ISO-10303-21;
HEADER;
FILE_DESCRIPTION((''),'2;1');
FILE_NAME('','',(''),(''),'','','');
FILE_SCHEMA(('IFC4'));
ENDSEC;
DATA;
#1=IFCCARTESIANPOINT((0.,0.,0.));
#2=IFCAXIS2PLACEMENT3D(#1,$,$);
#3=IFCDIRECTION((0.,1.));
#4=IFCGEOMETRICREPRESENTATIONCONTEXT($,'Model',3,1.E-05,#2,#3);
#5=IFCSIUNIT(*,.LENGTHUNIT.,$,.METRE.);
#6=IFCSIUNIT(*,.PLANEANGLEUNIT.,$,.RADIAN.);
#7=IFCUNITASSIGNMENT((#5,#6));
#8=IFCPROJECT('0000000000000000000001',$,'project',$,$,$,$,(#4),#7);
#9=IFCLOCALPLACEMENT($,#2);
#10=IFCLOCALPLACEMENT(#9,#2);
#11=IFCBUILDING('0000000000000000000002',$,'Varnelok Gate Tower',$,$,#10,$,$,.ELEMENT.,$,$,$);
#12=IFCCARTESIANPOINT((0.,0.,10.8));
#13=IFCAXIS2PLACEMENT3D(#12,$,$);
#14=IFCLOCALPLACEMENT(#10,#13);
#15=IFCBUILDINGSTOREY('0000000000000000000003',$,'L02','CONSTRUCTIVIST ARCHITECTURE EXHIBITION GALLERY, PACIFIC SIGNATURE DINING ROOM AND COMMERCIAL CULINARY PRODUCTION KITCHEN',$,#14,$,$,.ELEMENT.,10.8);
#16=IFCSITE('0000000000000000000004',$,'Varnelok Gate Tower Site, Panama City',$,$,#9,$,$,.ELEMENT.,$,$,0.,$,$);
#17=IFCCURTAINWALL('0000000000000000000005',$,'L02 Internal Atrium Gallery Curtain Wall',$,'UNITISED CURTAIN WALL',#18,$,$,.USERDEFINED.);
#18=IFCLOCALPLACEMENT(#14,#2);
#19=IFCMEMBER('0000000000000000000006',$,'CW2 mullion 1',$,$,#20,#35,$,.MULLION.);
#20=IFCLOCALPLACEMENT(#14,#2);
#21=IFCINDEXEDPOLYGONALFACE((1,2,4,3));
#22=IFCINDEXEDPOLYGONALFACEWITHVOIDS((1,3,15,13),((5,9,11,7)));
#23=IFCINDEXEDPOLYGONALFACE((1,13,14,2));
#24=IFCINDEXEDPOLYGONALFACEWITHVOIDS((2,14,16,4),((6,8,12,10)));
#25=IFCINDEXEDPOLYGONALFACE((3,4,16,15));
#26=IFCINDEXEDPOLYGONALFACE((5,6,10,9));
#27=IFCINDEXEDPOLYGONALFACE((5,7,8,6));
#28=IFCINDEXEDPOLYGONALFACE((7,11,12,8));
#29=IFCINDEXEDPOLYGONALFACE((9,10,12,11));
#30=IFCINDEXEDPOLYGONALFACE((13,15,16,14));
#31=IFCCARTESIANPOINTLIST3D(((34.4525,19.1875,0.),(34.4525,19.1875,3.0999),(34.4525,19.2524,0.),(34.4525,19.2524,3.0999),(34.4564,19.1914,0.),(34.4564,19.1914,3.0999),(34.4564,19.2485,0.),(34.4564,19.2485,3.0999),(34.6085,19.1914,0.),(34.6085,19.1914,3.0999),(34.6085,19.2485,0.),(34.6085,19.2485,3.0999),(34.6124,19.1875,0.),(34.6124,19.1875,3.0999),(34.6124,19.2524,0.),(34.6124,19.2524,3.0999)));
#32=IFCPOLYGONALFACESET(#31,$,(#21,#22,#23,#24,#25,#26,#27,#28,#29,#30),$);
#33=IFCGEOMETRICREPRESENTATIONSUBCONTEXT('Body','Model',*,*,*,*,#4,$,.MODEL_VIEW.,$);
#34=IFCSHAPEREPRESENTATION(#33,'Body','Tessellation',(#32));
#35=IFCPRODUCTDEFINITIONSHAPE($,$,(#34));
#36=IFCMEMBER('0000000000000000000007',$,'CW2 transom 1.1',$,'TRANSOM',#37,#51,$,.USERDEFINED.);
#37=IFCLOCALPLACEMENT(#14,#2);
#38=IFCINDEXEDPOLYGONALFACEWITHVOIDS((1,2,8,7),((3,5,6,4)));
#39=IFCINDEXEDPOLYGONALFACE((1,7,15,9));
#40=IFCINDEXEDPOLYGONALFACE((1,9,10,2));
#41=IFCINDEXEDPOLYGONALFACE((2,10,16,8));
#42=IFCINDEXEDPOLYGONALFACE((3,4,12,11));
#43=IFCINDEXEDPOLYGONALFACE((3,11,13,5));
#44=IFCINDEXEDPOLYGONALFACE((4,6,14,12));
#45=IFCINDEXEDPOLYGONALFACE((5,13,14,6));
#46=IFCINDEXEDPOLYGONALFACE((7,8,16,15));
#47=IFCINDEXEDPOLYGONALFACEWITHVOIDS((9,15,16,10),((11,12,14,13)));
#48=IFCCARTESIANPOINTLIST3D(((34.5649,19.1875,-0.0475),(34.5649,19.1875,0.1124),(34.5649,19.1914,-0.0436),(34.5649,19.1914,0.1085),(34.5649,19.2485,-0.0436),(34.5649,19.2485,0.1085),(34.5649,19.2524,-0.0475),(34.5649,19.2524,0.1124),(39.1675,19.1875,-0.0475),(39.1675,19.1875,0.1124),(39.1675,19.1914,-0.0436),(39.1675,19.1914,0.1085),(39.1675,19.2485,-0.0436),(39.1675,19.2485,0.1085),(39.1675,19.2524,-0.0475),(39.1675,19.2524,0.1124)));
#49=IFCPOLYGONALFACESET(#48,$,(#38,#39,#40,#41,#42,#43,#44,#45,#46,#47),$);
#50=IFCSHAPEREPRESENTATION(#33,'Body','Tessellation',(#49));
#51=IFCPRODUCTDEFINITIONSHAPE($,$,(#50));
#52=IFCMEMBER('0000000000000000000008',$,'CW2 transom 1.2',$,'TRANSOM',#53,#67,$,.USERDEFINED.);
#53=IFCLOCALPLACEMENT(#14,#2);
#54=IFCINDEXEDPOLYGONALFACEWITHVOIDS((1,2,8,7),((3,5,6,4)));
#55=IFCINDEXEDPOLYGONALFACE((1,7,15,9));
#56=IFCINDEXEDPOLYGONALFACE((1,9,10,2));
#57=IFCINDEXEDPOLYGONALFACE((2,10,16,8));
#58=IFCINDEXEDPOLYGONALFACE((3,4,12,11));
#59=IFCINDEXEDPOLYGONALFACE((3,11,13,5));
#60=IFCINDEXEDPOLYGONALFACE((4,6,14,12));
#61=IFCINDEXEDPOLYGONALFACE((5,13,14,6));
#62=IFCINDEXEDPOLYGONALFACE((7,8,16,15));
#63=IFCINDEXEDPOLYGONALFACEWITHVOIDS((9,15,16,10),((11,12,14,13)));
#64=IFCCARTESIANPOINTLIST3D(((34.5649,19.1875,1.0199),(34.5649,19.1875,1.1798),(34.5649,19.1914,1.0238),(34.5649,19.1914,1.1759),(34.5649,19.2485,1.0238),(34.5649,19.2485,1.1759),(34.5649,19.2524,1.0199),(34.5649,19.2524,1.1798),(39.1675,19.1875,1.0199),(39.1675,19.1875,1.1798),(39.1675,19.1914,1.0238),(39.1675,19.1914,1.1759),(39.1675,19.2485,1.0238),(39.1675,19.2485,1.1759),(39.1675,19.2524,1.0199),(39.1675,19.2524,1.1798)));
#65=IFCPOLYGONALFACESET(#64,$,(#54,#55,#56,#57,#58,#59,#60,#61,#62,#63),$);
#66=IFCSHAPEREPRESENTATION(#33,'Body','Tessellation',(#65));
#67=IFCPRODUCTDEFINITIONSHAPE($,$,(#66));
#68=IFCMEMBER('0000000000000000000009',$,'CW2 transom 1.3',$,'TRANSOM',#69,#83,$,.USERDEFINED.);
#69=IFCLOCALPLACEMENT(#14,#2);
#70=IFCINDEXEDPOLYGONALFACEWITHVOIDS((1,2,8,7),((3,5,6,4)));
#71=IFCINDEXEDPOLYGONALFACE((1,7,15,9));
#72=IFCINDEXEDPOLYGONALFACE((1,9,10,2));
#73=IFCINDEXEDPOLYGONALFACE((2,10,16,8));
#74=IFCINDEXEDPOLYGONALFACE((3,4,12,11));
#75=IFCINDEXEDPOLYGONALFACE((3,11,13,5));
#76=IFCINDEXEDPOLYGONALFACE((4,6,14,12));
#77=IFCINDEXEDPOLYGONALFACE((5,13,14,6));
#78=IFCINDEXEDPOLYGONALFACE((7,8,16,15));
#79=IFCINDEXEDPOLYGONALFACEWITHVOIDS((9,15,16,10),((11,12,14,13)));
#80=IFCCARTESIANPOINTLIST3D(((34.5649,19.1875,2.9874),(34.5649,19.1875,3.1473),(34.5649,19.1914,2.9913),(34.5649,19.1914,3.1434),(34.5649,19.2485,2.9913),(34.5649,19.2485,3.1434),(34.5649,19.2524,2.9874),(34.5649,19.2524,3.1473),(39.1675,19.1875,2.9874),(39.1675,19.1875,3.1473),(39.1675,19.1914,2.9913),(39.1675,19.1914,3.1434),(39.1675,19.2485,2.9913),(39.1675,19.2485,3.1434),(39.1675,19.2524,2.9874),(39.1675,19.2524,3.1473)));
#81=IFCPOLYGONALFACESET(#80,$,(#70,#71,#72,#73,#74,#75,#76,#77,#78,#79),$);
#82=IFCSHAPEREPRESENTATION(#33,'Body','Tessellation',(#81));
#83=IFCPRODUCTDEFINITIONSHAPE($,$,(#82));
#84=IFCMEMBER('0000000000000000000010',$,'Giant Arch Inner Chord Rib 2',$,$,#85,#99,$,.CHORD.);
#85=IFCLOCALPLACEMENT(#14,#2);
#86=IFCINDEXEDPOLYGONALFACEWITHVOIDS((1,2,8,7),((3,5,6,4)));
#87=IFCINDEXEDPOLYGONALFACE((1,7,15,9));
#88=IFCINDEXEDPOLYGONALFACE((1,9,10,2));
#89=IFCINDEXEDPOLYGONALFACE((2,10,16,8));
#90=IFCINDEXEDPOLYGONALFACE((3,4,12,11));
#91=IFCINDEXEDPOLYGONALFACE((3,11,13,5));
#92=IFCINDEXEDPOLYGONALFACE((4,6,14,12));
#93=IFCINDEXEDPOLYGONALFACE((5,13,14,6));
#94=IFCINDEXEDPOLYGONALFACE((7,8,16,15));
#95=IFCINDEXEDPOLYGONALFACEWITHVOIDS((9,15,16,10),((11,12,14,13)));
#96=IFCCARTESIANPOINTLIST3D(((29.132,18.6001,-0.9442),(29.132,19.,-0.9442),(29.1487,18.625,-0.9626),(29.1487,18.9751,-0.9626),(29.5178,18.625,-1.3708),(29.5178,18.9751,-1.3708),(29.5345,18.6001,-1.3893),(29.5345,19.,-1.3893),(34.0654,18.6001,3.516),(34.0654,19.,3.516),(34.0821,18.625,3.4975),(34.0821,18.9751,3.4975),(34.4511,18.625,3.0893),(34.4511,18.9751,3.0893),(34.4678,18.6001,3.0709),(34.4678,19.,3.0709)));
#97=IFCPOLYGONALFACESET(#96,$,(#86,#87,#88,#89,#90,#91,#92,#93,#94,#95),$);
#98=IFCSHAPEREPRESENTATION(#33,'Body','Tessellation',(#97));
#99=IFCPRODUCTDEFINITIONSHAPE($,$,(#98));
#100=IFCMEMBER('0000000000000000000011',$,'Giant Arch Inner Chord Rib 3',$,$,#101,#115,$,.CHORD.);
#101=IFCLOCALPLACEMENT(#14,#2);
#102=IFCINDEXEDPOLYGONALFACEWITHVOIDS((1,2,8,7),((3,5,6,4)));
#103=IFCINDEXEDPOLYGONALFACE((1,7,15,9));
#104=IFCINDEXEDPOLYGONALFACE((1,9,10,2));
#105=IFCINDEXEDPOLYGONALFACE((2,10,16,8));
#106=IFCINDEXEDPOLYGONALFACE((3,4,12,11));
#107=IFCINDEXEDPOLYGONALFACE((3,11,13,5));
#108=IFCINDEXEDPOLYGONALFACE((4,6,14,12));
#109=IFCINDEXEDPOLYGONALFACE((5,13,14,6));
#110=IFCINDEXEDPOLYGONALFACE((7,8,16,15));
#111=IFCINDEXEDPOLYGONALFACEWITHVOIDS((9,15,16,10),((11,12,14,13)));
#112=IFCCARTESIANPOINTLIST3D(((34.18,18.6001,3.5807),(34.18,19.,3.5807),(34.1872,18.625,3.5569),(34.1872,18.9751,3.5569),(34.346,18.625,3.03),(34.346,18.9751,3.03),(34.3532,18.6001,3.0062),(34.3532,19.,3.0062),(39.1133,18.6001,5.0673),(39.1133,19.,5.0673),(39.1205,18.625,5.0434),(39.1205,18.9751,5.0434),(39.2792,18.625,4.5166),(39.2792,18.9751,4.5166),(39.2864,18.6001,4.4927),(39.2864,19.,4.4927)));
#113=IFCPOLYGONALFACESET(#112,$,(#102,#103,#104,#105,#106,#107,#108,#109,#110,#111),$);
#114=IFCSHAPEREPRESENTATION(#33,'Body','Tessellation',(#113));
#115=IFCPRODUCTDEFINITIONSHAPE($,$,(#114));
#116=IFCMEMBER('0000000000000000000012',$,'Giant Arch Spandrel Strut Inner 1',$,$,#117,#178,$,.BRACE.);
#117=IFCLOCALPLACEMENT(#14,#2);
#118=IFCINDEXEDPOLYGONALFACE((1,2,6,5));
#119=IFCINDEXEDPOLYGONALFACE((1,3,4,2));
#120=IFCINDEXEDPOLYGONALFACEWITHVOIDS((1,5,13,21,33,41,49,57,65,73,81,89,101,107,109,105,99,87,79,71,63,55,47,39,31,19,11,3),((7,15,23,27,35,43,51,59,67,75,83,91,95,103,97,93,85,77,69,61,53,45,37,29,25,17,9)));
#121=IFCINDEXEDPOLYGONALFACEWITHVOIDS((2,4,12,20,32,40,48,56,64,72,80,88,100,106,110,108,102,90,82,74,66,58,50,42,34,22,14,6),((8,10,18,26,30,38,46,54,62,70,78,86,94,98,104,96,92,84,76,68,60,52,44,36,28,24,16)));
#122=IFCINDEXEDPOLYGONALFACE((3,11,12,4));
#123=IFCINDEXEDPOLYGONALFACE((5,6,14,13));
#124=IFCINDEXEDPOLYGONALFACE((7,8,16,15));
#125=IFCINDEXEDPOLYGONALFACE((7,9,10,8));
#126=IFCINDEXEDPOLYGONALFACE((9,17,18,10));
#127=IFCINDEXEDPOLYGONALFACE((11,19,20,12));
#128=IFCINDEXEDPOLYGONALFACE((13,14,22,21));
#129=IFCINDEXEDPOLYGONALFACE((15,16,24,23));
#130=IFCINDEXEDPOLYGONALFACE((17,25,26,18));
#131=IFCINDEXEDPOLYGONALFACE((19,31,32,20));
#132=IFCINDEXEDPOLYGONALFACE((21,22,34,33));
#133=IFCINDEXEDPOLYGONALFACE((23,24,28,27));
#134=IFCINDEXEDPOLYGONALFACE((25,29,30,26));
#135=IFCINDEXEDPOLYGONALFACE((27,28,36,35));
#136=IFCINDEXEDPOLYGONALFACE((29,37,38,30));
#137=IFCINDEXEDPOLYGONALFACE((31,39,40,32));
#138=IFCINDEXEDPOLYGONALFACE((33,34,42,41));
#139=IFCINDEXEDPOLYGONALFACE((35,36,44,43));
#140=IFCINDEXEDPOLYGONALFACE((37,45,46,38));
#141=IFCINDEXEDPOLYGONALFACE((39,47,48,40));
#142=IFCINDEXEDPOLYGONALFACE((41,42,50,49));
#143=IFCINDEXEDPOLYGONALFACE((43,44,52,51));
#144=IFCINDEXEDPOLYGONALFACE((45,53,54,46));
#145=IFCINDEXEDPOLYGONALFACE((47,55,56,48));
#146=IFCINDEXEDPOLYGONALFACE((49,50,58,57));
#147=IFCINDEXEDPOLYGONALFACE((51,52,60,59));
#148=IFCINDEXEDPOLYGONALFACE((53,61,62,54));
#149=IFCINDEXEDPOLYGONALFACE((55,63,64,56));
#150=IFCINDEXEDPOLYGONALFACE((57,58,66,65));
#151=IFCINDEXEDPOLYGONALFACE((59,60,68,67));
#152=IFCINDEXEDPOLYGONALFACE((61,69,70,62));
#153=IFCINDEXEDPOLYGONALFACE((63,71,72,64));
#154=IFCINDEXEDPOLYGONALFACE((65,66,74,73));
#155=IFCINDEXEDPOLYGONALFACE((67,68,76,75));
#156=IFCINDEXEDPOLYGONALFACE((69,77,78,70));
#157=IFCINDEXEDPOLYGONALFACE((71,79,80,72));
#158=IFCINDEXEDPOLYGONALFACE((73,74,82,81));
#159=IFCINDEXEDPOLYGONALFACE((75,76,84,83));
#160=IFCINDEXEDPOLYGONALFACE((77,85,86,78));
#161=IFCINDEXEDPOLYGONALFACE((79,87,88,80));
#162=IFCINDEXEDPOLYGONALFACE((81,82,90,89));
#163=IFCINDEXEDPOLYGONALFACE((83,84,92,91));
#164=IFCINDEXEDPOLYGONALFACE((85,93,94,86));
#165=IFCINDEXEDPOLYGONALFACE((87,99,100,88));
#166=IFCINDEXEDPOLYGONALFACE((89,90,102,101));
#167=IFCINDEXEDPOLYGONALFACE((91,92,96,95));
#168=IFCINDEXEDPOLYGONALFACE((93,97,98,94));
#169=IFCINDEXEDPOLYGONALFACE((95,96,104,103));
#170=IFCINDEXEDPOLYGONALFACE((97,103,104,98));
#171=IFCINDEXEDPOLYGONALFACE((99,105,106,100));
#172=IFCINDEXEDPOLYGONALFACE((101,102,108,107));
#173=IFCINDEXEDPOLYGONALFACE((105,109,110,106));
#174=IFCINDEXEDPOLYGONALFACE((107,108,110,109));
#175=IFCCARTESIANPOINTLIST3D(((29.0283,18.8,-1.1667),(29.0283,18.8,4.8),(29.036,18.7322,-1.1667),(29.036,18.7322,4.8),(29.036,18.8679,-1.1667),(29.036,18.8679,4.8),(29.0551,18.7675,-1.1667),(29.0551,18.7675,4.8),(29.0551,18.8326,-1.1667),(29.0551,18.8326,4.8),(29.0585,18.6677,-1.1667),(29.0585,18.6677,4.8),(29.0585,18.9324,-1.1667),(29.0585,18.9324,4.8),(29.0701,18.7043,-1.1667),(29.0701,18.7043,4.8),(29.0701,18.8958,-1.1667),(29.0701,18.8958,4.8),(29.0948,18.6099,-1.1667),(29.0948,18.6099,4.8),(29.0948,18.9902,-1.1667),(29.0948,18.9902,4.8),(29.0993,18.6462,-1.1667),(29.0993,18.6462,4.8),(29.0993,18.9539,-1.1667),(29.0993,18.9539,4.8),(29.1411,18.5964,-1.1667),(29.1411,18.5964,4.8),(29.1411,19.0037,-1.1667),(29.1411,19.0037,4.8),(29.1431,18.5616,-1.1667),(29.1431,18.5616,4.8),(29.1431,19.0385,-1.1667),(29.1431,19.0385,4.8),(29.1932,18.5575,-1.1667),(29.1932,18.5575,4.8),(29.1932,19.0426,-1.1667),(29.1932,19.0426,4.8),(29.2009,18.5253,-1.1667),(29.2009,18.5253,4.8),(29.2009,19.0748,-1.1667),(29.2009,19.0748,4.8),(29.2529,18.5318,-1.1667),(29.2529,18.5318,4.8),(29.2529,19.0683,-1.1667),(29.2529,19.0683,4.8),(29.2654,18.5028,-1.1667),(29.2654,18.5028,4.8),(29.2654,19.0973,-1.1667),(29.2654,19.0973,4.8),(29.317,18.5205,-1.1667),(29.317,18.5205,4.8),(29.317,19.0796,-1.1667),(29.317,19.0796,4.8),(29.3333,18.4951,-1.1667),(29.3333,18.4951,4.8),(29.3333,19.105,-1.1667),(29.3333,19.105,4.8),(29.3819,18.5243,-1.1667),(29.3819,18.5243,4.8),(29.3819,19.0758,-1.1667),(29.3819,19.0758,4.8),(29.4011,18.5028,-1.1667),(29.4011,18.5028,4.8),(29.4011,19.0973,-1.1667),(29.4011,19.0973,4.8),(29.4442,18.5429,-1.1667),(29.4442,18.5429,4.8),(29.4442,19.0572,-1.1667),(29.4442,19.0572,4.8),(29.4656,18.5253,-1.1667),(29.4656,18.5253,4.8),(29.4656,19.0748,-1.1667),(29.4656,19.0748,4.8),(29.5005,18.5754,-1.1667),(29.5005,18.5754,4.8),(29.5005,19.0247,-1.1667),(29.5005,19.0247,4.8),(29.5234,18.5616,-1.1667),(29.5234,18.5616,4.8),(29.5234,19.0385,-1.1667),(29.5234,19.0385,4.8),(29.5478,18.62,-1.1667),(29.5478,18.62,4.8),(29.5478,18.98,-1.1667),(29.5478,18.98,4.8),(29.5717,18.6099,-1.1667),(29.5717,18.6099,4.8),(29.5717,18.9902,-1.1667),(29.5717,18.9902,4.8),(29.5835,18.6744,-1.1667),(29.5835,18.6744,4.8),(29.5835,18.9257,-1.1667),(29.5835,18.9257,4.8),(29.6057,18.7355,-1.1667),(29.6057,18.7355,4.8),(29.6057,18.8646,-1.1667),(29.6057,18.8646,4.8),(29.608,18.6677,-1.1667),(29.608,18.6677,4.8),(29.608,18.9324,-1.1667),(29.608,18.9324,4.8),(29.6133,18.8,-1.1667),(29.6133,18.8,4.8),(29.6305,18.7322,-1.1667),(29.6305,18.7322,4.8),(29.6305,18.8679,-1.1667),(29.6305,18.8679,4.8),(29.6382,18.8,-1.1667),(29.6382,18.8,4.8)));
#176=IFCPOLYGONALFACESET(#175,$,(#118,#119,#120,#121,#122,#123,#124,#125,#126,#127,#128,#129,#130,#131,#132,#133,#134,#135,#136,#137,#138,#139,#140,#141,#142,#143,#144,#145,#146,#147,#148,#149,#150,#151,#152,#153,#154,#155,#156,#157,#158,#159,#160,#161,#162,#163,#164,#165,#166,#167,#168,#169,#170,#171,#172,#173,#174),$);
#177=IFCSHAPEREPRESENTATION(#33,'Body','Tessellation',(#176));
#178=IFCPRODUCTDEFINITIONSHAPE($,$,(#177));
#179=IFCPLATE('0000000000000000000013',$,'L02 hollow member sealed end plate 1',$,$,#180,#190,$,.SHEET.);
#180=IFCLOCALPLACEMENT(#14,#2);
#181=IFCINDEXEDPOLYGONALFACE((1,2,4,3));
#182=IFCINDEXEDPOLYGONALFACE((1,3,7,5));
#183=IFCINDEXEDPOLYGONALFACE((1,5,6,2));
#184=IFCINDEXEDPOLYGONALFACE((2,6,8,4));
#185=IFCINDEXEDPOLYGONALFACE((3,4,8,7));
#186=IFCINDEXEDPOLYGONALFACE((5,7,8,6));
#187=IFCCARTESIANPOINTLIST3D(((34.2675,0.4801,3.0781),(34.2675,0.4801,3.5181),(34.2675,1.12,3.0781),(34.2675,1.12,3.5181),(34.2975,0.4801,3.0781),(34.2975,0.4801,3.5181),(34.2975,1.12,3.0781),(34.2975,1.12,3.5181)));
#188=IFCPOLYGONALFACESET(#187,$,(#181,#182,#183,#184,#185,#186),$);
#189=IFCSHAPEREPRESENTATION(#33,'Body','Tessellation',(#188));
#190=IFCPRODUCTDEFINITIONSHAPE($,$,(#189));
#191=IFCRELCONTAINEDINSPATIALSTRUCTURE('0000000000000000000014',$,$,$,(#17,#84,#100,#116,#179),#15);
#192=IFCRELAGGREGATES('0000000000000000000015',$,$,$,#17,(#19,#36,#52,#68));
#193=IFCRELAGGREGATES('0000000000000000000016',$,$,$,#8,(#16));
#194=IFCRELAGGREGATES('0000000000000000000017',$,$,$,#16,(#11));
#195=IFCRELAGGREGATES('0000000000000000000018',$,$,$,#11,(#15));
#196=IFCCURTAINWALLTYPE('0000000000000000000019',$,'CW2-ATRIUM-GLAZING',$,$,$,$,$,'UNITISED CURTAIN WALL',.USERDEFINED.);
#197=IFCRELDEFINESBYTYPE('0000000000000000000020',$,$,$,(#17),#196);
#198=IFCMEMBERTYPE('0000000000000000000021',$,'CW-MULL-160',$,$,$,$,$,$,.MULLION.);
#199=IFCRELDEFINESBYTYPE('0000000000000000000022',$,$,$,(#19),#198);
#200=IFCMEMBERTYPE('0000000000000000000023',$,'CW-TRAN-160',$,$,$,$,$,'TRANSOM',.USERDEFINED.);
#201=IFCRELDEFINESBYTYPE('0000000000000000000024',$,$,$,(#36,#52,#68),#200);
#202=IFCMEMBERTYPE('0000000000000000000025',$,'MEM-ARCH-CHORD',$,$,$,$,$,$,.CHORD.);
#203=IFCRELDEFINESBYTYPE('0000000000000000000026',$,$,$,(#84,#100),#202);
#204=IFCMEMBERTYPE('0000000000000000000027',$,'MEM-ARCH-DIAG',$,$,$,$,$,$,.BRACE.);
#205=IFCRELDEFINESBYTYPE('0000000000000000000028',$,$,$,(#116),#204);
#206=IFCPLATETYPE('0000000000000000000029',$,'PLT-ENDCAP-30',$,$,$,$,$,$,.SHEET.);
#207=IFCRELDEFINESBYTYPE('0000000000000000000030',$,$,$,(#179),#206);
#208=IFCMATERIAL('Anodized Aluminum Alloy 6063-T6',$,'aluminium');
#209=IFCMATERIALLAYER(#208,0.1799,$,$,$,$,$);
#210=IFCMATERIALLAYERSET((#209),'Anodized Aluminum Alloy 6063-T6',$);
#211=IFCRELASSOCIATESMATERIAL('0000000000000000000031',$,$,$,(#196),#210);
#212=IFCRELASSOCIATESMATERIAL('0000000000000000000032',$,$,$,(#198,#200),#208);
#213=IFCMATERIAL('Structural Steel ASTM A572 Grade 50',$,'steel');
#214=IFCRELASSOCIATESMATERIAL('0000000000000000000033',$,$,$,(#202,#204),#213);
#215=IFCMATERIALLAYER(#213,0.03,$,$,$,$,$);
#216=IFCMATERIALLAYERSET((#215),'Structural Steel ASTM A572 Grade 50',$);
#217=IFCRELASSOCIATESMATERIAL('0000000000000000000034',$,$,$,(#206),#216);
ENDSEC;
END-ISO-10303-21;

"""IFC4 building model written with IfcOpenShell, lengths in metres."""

from ifc_helpers import new_model, si_unit, direction, frame, origin, origin_2d, place, context, subcontext, project, spatial, rectangle, hollow_rectangle, hollow_circle, extrude, source, transform, mapped, material, layer, layer_set, material_profile, profile_set, type_object, element, aggregate, save


model = new_model("IFC4")

# Units and contexts
model_context = context("Model", 3, precision=1e-05, world=origin(), true_north=direction((0.0, 1.0)))
body_context = subcontext(model_context, "Body", "Model", "MODEL_VIEW")
ifc_project = project(units=[si_unit("LENGTHUNIT", "METRE"), si_unit("PLANEANGLEUNIT", "RADIAN")], contexts=[model_context])

# Site, building, storey
site_placement = place(None, origin())
site = spatial("IfcSite", under=ifc_project, at=site_placement, Name="Varnelok Gate Tower Site, Panama City", CompositionType="ELEMENT", RefElevation=0.0)
building_placement = place(site_placement, origin())
building = spatial("IfcBuilding", under=site, at=building_placement, Name="Varnelok Gate Tower", CompositionType="ELEMENT")
storey_placement = place(building_placement, frame((0.0, 0.0, 10.8)))
storey = spatial("IfcBuildingStorey", under=building, at=storey_placement, Name="L02", Description="CONSTRUCTIVIST ARCHITECTURE EXHIBITION GALLERY, PACIFIC SIGNATURE DINING ROOM AND COMMERCIAL CULINARY PRODUCTION KITCHEN", CompositionType="ELEMENT", Elevation=10.8)

# Curtain wall, members
ifc_material_1 = material(Name="Anodized Aluminum Alloy 6063-T6", Category="aluminium")
ifc_layer_1 = layer(ifc_material_1, 0.1799)
ifc_layer_set_1 = layer_set([ifc_layer_1], Name="Anodized Aluminum Alloy 6063-T6")
curtain_wall_type = type_object("IfcCurtainWallType", Name="CW2-ATRIUM-GLAZING", ElementType="UNITISED CURTAIN WALL", PredefinedType="USERDEFINED", material=ifc_layer_set_1)
curtain_wall_placement = place(storey_placement, origin())
curtain_wall = element("IfcCurtainWall", 1, at=curtain_wall_placement, inside=storey, type_object=curtain_wall_type, Name="L02 Internal Atrium Gallery Curtain Wall", ObjectType="UNITISED CURTAIN WALL", PredefinedType="USERDEFINED")
ifc_material_profile_1 = material_profile(ifc_material_1, hollow_rectangle(XDim=0.0649, YDim=0.1599, WallThickness=0.0039, at=origin_2d()), Name="ALU160X65X4")
ifc_profile_set_1 = profile_set([ifc_material_profile_1], Name="Anodized Aluminum Alloy 6063-T6")
member_type_1 = type_object("IfcMemberType", Name="CW-MULL-160", PredefinedType="MULLION", material=ifc_profile_set_1)
member_1_placement = place(storey_placement, frame((34.5325, 19.22, 0.0), z_axis=(0.0, 0.0, 1.0), x_axis=(0.0, 1.0, 0.0)))
member_1 = element("IfcMember", 2, at=member_1_placement, type_object=member_type_1, Name="CW2 mullion 1", PredefinedType="MULLION", context=body_context, shape_type="SweptSolid", body=[
    extrude(hollow_rectangle(XDim=0.0649, YDim=0.1599, WallThickness=0.0039, at=origin_2d()), origin(), (0.0, 0.0, 1.0), 3.0999),
])
ifc_material_profile_2 = material_profile(ifc_material_1, hollow_rectangle(XDim=0.0649, YDim=0.1599, WallThickness=0.0039, at=origin_2d()), Name="ALU160X65X4")
ifc_profile_set_2 = profile_set([ifc_material_profile_2], Name="Anodized Aluminum Alloy 6063-T6")
member_type_2 = type_object("IfcMemberType", Name="CW-TRAN-160", ElementType="TRANSOM", PredefinedType="USERDEFINED", material=ifc_profile_set_2)
member_2_placement = place(storey_placement, frame((34.5649, 19.22, 0.0325), z_axis=(1.0, 0.0, 0.0), x_axis=(0.0, 1.0, 0.0)))
member_2 = element("IfcMember", 3, at=member_2_placement, type_object=member_type_2, Name="CW2 transom 1.1", ObjectType="TRANSOM", PredefinedType="USERDEFINED", context=body_context, shape_type="SweptSolid", body=[
    extrude(hollow_rectangle(XDim=0.0649, YDim=0.1599, WallThickness=0.0039, at=origin_2d()), origin(), (0.0, 0.0, 1.0), 4.6025),
])
member_3_placement = place(storey_placement, frame((34.5649, 19.22, 1.0999), z_axis=(1.0, 0.0, 0.0), x_axis=(0.0, 1.0, 0.0)))
member_3 = element("IfcMember", 4, at=member_3_placement, type_object=member_type_2, Name="CW2 transom 1.2", ObjectType="TRANSOM", PredefinedType="USERDEFINED", context=body_context, shape_type="SweptSolid", body=[
    extrude(hollow_rectangle(XDim=0.0649, YDim=0.1599, WallThickness=0.0039, at=origin_2d()), origin(), (0.0, 0.0, 1.0), 4.6025),
])
member_4_placement = place(storey_placement, frame((34.5649, 19.22, 3.0674), z_axis=(1.0, 0.0, 0.0), x_axis=(0.0, 1.0, 0.0)))
member_4 = element("IfcMember", 5, at=member_4_placement, type_object=member_type_2, Name="CW2 transom 1.3", ObjectType="TRANSOM", PredefinedType="USERDEFINED", context=body_context, shape_type="SweptSolid", body=[
    extrude(hollow_rectangle(XDim=0.0649, YDim=0.1599, WallThickness=0.0039, at=origin_2d()), origin(), (0.0, 0.0, 1.0), 4.6025),
])

# Members
ifc_material_2 = material(Name="Structural Steel ASTM A572 Grade 50", Category="steel")
ifc_material_profile_3 = material_profile(ifc_material_2, hollow_rectangle(XDim=0.3999, YDim=0.6001, WallThickness=0.0249, at=origin_2d()), Name="HSS600X400X25")
ifc_profile_set_3 = profile_set([ifc_material_profile_3], Name="Structural Steel ASTM A572 Grade 50")
member_type_3 = type_object("IfcMemberType", Name="MEM-ARCH-CHORD", PredefinedType="CHORD", material=ifc_profile_set_3)
member_5_placement = place(storey_placement, frame((29.3333, 18.8, -1.1667), z_axis=(0.741783, 0.0, 0.67064), x_axis=(0.0, 1.0, 0.0)))
element("IfcMember", 6, at=member_5_placement, inside=storey, type_object=member_type_3, Name="Giant Arch Inner Chord Rib 2", PredefinedType="CHORD", context=body_context, shape_type="SweptSolid", body=[
    extrude(hollow_rectangle(XDim=0.3999, YDim=0.6001, WallThickness=0.0249, at=origin_2d()), origin(), (0.0, 0.0, 1.0), 6.6506),
])
member_6_placement = place(storey_placement, frame((34.2666, 18.8, 3.2935), z_axis=(0.957475, 0.0, 0.288517), x_axis=(0.0, 1.0, 0.0)))
element("IfcMember", 7, at=member_6_placement, inside=storey, type_object=member_type_3, Name="Giant Arch Inner Chord Rib 3", PredefinedType="CHORD", context=body_context, shape_type="SweptSolid", body=[
    extrude(hollow_rectangle(XDim=0.3999, YDim=0.6001, WallThickness=0.0249, at=origin_2d()), origin(), (0.0, 0.0, 1.0), 5.1523),
])
ifc_material_profile_4 = material_profile(ifc_material_2, hollow_circle(Radius=0.3049, WallThickness=0.0249, at=origin_2d()), Name="CHS610X25")
ifc_profile_set_4 = profile_set([ifc_material_profile_4], Name="Structural Steel ASTM A572 Grade 50")
member_type_4 = type_object("IfcMemberType", Name="MEM-ARCH-DIAG", PredefinedType="BRACE", material=ifc_profile_set_4)
member_7_placement = place(storey_placement, frame((29.3333, 18.8, -1.1667), z_axis=(0.0, 0.0, 1.0), x_axis=(1.0, 0.0, 0.0)))
element("IfcMember", 8, at=member_7_placement, inside=storey, type_object=member_type_4, Name="Giant Arch Spandrel Strut Inner 1", PredefinedType="BRACE", context=body_context, shape_type="SweptSolid", body=[
    extrude(hollow_circle(Radius=0.3049, WallThickness=0.0249, at=origin_2d()), origin(), (0.0, 0.0, 1.0), 5.9668),
])

# Plate
ifc_layer_2 = layer(ifc_material_2, 0.03)
ifc_layer_set_2 = layer_set([ifc_layer_2], Name="Structural Steel ASTM A572 Grade 50")
plate_type_1 = type_object("IfcPlateType", Name="PLT-ENDCAP-30", PredefinedType="SHEET", material=ifc_layer_set_2)
shared_shape_1 = source(origin(), body_context, "Body", "SweptSolid", [
    extrude(rectangle(XDim=0.03, YDim=0.6399, at=origin_2d()), origin(), (0.0, 0.0, 1.0), 0.4399),
])
for number, where, z_axis, x_axis, name in (
    (9, (34.2825, 0.8, 3.0781), (0.0, 0.0, 1.0), (1.0, 0.0, 0.0), "L02 hollow member sealed end plate 1"),
):
    element("IfcPlate", number, at=place(storey_placement, frame(where, z_axis=z_axis, x_axis=x_axis)), inside=storey, type_object=plate_type_1, Name=name, PredefinedType="SHEET", context=body_context, shape_type="MappedRepresentation", body=[
        mapped(shared_shape_1, transform((0.0, 0.0, 0.0), scale=1.0)),
    ])

aggregate(curtain_wall, [member_1, member_2, member_3, member_4])

save(model, "model.ifc")
